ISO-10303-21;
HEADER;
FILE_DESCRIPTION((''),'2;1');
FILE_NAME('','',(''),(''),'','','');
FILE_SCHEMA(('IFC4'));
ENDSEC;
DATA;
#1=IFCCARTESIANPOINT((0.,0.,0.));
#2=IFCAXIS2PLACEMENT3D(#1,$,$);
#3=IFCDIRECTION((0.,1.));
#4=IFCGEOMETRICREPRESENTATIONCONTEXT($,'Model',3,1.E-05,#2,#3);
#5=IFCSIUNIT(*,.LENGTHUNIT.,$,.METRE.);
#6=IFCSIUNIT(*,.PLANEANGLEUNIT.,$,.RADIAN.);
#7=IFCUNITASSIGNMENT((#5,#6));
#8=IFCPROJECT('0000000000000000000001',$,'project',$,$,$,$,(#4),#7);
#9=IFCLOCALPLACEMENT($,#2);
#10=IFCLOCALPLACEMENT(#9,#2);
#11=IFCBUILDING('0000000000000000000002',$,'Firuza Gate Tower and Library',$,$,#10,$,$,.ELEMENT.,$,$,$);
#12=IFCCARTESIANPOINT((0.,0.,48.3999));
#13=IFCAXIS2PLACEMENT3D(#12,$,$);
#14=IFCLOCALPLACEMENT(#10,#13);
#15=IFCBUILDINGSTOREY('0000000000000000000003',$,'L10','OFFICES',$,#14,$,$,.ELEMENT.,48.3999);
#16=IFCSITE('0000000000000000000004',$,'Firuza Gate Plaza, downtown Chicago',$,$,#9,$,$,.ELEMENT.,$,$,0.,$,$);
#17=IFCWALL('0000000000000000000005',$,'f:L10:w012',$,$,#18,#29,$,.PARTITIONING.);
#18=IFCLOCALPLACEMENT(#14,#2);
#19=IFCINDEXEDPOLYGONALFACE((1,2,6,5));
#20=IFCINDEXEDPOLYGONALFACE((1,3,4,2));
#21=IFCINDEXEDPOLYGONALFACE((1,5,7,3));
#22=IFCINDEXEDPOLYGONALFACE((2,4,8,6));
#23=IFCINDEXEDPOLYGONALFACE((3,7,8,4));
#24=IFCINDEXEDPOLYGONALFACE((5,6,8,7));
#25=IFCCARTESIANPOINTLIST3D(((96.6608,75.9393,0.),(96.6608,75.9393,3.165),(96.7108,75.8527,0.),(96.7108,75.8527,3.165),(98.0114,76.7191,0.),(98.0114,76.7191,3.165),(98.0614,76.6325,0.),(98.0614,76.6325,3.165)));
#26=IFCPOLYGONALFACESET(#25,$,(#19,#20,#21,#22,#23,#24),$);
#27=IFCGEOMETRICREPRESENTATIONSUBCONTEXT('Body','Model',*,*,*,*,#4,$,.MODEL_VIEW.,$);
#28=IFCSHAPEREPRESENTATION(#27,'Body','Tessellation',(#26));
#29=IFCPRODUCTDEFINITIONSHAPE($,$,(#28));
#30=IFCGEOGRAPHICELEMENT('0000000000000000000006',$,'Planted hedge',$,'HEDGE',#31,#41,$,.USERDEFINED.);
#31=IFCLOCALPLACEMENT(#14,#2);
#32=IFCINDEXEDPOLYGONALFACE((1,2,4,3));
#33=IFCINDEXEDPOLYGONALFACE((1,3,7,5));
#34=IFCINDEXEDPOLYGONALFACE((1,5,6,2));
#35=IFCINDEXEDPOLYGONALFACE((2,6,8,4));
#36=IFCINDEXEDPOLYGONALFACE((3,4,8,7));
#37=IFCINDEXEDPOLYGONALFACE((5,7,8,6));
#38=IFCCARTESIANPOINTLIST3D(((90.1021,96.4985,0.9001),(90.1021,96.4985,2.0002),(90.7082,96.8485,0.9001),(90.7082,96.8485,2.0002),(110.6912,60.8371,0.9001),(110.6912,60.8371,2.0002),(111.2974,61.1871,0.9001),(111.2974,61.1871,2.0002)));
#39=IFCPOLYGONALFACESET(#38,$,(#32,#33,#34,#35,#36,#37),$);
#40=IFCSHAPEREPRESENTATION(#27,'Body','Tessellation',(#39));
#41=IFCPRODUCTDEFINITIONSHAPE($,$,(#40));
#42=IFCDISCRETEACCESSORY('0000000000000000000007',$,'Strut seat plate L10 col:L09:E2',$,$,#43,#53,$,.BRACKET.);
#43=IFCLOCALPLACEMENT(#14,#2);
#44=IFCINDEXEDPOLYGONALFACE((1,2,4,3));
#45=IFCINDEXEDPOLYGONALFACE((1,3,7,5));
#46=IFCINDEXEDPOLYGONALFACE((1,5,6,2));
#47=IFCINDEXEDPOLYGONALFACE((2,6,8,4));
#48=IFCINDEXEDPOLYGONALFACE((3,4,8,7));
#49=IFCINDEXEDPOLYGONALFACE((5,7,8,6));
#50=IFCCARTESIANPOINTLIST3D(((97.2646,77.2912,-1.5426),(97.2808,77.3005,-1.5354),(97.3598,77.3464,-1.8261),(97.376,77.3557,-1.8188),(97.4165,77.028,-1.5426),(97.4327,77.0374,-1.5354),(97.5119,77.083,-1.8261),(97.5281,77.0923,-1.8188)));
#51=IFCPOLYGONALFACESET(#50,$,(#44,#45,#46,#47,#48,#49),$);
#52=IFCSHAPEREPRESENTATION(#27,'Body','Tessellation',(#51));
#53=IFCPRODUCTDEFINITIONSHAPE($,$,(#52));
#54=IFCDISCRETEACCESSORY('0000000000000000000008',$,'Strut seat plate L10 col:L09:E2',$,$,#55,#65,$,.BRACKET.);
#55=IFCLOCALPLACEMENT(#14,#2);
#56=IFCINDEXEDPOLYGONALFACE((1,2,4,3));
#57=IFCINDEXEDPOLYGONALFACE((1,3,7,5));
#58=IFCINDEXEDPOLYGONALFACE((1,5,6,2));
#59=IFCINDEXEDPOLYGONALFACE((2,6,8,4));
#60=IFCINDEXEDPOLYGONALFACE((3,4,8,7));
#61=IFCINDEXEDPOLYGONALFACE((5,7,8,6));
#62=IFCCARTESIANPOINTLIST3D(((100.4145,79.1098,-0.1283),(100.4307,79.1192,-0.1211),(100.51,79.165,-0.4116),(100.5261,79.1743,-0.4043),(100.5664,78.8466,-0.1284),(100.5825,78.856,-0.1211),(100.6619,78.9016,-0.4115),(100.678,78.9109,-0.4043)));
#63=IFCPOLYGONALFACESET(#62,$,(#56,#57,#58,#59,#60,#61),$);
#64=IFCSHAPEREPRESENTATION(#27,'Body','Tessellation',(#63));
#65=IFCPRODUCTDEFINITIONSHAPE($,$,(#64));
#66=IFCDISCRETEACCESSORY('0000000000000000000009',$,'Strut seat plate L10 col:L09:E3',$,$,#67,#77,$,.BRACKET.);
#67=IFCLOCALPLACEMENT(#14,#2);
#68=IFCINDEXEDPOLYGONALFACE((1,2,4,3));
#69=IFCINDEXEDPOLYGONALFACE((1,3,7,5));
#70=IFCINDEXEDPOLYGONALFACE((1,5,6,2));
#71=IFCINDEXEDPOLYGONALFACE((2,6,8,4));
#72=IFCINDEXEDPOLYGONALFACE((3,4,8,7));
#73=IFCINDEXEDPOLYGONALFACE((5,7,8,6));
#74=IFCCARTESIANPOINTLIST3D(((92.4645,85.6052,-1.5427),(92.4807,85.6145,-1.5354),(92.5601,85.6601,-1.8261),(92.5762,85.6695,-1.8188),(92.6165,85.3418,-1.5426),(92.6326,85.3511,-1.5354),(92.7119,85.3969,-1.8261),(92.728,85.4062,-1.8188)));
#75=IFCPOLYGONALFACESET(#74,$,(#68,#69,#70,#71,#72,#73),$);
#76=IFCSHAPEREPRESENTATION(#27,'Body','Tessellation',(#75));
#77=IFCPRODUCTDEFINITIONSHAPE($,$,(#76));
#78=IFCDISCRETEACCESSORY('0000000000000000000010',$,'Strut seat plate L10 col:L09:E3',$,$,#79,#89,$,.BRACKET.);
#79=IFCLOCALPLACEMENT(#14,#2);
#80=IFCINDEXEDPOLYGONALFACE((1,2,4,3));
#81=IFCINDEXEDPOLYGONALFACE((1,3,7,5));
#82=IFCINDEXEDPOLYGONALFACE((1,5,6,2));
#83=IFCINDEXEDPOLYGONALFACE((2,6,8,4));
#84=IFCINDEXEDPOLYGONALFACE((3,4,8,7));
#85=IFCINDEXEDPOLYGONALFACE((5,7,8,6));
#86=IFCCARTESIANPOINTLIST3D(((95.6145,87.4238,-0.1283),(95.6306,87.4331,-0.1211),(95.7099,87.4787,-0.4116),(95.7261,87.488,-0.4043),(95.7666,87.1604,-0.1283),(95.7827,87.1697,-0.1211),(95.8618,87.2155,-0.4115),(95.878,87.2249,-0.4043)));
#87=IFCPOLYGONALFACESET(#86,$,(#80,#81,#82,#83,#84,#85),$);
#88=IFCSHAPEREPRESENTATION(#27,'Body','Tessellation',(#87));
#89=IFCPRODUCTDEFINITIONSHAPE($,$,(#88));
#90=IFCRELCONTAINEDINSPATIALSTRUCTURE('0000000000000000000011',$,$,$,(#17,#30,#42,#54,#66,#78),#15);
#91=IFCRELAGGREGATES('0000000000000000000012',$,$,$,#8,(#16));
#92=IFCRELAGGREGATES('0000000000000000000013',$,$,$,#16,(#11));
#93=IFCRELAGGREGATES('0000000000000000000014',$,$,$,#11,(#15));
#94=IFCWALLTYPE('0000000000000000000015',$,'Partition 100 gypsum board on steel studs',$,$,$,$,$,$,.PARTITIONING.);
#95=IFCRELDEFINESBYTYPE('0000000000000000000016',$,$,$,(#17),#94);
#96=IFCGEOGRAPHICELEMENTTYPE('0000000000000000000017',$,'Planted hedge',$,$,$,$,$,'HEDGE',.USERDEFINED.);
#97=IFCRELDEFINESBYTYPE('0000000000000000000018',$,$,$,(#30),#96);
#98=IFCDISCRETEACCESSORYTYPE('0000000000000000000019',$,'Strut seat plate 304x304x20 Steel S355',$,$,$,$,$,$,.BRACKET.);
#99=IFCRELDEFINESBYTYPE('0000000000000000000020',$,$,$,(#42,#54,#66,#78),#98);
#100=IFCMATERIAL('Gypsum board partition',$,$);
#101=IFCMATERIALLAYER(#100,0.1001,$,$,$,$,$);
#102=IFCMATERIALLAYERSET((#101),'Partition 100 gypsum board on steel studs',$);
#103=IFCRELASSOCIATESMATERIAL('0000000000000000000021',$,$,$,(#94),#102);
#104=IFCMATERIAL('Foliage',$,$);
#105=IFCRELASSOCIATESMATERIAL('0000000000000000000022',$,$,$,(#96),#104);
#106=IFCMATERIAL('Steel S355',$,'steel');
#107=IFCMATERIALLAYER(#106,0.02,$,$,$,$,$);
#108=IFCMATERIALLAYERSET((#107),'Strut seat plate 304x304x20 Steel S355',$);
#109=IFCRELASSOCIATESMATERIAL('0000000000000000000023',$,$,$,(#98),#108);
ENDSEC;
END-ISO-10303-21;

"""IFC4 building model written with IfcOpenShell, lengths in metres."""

from ifc_helpers import new_model, si_unit, direction, frame, frame_2d, origin, origin_2d, place, context, subcontext, project, spatial, polyline, rectangle, outline, extrude, material, layer, layer_set, type_object, element, save


model = new_model("IFC4")

# Units and contexts
model_context = context("Model", 3, precision=1e-05, world=origin(), true_north=direction((0.0, 1.0)))
body_context = subcontext(model_context, "Body", "Model", "MODEL_VIEW")
ifc_project = project(units=[si_unit("LENGTHUNIT", "METRE"), si_unit("PLANEANGLEUNIT", "RADIAN")], contexts=[model_context])

# Site, building, storey
site_placement = place(None, origin())
site = spatial("IfcSite", under=ifc_project, at=site_placement, Name="Firuza Gate Plaza, downtown Chicago", CompositionType="ELEMENT", RefElevation=0.0)
building_placement = place(site_placement, origin())
building = spatial("IfcBuilding", under=site, at=building_placement, Name="Firuza Gate Tower and Library", CompositionType="ELEMENT")
storey_placement = place(building_placement, frame((0.0, 0.0, 48.3999)))
storey = spatial("IfcBuildingStorey", under=building, at=storey_placement, Name="L10", Description="OFFICES", CompositionType="ELEMENT", Elevation=48.3999)

# Wall
ifc_material_1 = material(Name="Gypsum board partition")
ifc_layer_1 = layer(ifc_material_1, 0.1001)
ifc_layer_set_1 = layer_set([ifc_layer_1], Name="Partition 100 gypsum board on steel studs")
wall_type = type_object("IfcWallType", Name="Partition 100 gypsum board on steel studs", PredefinedType="PARTITIONING", material=ifc_layer_set_1)
wall_placement = place(storey_placement, frame((96.6858, 75.896, 0.0), z_axis=(0.0, 0.0, 1.0), x_axis=(0.866019, 0.500012, 0.0)))
element("IfcWall", 1, at=wall_placement, inside=storey, type_object=wall_type, Name="f:L10:w012", PredefinedType="PARTITIONING", context=body_context, shape_type="SweptSolid", body=[
    extrude(rectangle(XDim=1.5596, YDim=0.1001, at=frame_2d((0.7798, 0.0))), origin(), (0.0, 0.0, 1.0), 3.165),
])

# Geographic element
ifc_material_2 = material(Name="Foliage")
geographic_element_type = type_object("IfcGeographicElementType", Name="Planted hedge", ElementType="HEDGE", PredefinedType="USERDEFINED", material=ifc_material_2)
geographic_element_placement = place(storey_placement, frame((100.6997, 78.8428, 0.9001), z_axis=(0.0, 0.0, 1.0), x_axis=(-0.5, 0.866025, 0.0)))
element("IfcGeographicElement", 2, at=geographic_element_placement, inside=storey, type_object=geographic_element_type, Name="Planted hedge", ObjectType="HEDGE", PredefinedType="USERDEFINED", context=body_context, shape_type="SweptSolid", body=[
    extrude(rectangle(XDim=41.1782, YDim=0.7, at=origin_2d()), origin(), (0.0, 0.0, 1.0), 1.1001),
])

# Discrete accessories
ifc_material_3 = material(Name="Steel S355", Category="steel")
ifc_layer_2 = layer(ifc_material_3, 0.02)
ifc_layer_set_2 = layer_set([ifc_layer_2], Name="Strut seat plate 304x304x20 Steel S355")
discrete_accessory_type = type_object("IfcDiscreteAccessoryType", Name="Strut seat plate 304x304x20 Steel S355", PredefinedType="BRACKET", material=ifc_layer_set_2)
discrete_accessory_1_placement = place(storey_placement, frame((97.2808, 77.3005, -1.5354), z_axis=(0.807329, 0.465982, 0.362051), x_axis=(0.49988, -0.866095, 0.00005)))
element("IfcDiscreteAccessory", 3, at=discrete_accessory_1_placement, inside=storey, type_object=discrete_accessory_type, Name="Strut seat plate L10 col:L09:E2", PredefinedType="BRACKET", context=body_context, shape_type="SweptSolid", body=[
    extrude(outline(polyline([(0.0, 0.0), (0.3039, 0.0), (0.304, 0.3041), (-0.0002, 0.3041), (0.0, 0.0)])), origin(), (0.0, 0.0, -1.0), 0.02),
])
discrete_accessory_2_placement = place(storey_placement, frame((100.5825, 78.856, -0.1211), z_axis=(0.807298, 0.46559, 0.362624), x_axis=(-0.499618, 0.866246, 0.000068)))
element("IfcDiscreteAccessory", 4, at=discrete_accessory_2_placement, inside=storey, type_object=discrete_accessory_type, Name="Strut seat plate L10 col:L09:E2", PredefinedType="BRACKET", context=body_context, shape_type="SweptSolid", body=[
    extrude(outline(polyline([(0.0, 0.0), (0.3039, 0.0), (0.3039, -0.3039), (-0.0001, -0.3039), (0.0, 0.0)])), origin(), (0.0, 0.0, -1.0), 0.02),
])
discrete_accessory_3_placement = place(storey_placement, frame((92.4807, 85.6145, -1.5354), z_axis=(0.807389, 0.465643, 0.362353), x_axis=(0.499572, -0.866272, 0.000068)))
element("IfcDiscreteAccessory", 5, at=discrete_accessory_3_placement, inside=storey, type_object=discrete_accessory_type, Name="Strut seat plate L10 col:L09:E3", PredefinedType="BRACKET", context=body_context, shape_type="SweptSolid", body=[
    extrude(outline(polyline([(0.0, 0.0), (0.3041, 0.0), (0.3039, 0.3041), (0.0001, 0.3041), (0.0, 0.0)])), origin(), (0.0, 0.0, -1.0), 0.02),
])
discrete_accessory_4_placement = place(storey_placement, frame((95.7827, 87.1697, -0.1211), z_axis=(0.807237, 0.46593, 0.362322), x_axis=(-0.499913, 0.866076, 0.00005)))
element("IfcDiscreteAccessory", 6, at=discrete_accessory_4_placement, inside=storey, type_object=discrete_accessory_type, Name="Strut seat plate L10 col:L09:E3", PredefinedType="BRACKET", context=body_context, shape_type="SweptSolid", body=[
    extrude(outline(polyline([(0.0, 0.0), (0.3042, 0.0), (0.304, -0.3039), (0.0002, -0.3038), (0.0, 0.0)])), origin(), (0.0, 0.0, -1.0), 0.02),
])

save(model, "model.ifc")
